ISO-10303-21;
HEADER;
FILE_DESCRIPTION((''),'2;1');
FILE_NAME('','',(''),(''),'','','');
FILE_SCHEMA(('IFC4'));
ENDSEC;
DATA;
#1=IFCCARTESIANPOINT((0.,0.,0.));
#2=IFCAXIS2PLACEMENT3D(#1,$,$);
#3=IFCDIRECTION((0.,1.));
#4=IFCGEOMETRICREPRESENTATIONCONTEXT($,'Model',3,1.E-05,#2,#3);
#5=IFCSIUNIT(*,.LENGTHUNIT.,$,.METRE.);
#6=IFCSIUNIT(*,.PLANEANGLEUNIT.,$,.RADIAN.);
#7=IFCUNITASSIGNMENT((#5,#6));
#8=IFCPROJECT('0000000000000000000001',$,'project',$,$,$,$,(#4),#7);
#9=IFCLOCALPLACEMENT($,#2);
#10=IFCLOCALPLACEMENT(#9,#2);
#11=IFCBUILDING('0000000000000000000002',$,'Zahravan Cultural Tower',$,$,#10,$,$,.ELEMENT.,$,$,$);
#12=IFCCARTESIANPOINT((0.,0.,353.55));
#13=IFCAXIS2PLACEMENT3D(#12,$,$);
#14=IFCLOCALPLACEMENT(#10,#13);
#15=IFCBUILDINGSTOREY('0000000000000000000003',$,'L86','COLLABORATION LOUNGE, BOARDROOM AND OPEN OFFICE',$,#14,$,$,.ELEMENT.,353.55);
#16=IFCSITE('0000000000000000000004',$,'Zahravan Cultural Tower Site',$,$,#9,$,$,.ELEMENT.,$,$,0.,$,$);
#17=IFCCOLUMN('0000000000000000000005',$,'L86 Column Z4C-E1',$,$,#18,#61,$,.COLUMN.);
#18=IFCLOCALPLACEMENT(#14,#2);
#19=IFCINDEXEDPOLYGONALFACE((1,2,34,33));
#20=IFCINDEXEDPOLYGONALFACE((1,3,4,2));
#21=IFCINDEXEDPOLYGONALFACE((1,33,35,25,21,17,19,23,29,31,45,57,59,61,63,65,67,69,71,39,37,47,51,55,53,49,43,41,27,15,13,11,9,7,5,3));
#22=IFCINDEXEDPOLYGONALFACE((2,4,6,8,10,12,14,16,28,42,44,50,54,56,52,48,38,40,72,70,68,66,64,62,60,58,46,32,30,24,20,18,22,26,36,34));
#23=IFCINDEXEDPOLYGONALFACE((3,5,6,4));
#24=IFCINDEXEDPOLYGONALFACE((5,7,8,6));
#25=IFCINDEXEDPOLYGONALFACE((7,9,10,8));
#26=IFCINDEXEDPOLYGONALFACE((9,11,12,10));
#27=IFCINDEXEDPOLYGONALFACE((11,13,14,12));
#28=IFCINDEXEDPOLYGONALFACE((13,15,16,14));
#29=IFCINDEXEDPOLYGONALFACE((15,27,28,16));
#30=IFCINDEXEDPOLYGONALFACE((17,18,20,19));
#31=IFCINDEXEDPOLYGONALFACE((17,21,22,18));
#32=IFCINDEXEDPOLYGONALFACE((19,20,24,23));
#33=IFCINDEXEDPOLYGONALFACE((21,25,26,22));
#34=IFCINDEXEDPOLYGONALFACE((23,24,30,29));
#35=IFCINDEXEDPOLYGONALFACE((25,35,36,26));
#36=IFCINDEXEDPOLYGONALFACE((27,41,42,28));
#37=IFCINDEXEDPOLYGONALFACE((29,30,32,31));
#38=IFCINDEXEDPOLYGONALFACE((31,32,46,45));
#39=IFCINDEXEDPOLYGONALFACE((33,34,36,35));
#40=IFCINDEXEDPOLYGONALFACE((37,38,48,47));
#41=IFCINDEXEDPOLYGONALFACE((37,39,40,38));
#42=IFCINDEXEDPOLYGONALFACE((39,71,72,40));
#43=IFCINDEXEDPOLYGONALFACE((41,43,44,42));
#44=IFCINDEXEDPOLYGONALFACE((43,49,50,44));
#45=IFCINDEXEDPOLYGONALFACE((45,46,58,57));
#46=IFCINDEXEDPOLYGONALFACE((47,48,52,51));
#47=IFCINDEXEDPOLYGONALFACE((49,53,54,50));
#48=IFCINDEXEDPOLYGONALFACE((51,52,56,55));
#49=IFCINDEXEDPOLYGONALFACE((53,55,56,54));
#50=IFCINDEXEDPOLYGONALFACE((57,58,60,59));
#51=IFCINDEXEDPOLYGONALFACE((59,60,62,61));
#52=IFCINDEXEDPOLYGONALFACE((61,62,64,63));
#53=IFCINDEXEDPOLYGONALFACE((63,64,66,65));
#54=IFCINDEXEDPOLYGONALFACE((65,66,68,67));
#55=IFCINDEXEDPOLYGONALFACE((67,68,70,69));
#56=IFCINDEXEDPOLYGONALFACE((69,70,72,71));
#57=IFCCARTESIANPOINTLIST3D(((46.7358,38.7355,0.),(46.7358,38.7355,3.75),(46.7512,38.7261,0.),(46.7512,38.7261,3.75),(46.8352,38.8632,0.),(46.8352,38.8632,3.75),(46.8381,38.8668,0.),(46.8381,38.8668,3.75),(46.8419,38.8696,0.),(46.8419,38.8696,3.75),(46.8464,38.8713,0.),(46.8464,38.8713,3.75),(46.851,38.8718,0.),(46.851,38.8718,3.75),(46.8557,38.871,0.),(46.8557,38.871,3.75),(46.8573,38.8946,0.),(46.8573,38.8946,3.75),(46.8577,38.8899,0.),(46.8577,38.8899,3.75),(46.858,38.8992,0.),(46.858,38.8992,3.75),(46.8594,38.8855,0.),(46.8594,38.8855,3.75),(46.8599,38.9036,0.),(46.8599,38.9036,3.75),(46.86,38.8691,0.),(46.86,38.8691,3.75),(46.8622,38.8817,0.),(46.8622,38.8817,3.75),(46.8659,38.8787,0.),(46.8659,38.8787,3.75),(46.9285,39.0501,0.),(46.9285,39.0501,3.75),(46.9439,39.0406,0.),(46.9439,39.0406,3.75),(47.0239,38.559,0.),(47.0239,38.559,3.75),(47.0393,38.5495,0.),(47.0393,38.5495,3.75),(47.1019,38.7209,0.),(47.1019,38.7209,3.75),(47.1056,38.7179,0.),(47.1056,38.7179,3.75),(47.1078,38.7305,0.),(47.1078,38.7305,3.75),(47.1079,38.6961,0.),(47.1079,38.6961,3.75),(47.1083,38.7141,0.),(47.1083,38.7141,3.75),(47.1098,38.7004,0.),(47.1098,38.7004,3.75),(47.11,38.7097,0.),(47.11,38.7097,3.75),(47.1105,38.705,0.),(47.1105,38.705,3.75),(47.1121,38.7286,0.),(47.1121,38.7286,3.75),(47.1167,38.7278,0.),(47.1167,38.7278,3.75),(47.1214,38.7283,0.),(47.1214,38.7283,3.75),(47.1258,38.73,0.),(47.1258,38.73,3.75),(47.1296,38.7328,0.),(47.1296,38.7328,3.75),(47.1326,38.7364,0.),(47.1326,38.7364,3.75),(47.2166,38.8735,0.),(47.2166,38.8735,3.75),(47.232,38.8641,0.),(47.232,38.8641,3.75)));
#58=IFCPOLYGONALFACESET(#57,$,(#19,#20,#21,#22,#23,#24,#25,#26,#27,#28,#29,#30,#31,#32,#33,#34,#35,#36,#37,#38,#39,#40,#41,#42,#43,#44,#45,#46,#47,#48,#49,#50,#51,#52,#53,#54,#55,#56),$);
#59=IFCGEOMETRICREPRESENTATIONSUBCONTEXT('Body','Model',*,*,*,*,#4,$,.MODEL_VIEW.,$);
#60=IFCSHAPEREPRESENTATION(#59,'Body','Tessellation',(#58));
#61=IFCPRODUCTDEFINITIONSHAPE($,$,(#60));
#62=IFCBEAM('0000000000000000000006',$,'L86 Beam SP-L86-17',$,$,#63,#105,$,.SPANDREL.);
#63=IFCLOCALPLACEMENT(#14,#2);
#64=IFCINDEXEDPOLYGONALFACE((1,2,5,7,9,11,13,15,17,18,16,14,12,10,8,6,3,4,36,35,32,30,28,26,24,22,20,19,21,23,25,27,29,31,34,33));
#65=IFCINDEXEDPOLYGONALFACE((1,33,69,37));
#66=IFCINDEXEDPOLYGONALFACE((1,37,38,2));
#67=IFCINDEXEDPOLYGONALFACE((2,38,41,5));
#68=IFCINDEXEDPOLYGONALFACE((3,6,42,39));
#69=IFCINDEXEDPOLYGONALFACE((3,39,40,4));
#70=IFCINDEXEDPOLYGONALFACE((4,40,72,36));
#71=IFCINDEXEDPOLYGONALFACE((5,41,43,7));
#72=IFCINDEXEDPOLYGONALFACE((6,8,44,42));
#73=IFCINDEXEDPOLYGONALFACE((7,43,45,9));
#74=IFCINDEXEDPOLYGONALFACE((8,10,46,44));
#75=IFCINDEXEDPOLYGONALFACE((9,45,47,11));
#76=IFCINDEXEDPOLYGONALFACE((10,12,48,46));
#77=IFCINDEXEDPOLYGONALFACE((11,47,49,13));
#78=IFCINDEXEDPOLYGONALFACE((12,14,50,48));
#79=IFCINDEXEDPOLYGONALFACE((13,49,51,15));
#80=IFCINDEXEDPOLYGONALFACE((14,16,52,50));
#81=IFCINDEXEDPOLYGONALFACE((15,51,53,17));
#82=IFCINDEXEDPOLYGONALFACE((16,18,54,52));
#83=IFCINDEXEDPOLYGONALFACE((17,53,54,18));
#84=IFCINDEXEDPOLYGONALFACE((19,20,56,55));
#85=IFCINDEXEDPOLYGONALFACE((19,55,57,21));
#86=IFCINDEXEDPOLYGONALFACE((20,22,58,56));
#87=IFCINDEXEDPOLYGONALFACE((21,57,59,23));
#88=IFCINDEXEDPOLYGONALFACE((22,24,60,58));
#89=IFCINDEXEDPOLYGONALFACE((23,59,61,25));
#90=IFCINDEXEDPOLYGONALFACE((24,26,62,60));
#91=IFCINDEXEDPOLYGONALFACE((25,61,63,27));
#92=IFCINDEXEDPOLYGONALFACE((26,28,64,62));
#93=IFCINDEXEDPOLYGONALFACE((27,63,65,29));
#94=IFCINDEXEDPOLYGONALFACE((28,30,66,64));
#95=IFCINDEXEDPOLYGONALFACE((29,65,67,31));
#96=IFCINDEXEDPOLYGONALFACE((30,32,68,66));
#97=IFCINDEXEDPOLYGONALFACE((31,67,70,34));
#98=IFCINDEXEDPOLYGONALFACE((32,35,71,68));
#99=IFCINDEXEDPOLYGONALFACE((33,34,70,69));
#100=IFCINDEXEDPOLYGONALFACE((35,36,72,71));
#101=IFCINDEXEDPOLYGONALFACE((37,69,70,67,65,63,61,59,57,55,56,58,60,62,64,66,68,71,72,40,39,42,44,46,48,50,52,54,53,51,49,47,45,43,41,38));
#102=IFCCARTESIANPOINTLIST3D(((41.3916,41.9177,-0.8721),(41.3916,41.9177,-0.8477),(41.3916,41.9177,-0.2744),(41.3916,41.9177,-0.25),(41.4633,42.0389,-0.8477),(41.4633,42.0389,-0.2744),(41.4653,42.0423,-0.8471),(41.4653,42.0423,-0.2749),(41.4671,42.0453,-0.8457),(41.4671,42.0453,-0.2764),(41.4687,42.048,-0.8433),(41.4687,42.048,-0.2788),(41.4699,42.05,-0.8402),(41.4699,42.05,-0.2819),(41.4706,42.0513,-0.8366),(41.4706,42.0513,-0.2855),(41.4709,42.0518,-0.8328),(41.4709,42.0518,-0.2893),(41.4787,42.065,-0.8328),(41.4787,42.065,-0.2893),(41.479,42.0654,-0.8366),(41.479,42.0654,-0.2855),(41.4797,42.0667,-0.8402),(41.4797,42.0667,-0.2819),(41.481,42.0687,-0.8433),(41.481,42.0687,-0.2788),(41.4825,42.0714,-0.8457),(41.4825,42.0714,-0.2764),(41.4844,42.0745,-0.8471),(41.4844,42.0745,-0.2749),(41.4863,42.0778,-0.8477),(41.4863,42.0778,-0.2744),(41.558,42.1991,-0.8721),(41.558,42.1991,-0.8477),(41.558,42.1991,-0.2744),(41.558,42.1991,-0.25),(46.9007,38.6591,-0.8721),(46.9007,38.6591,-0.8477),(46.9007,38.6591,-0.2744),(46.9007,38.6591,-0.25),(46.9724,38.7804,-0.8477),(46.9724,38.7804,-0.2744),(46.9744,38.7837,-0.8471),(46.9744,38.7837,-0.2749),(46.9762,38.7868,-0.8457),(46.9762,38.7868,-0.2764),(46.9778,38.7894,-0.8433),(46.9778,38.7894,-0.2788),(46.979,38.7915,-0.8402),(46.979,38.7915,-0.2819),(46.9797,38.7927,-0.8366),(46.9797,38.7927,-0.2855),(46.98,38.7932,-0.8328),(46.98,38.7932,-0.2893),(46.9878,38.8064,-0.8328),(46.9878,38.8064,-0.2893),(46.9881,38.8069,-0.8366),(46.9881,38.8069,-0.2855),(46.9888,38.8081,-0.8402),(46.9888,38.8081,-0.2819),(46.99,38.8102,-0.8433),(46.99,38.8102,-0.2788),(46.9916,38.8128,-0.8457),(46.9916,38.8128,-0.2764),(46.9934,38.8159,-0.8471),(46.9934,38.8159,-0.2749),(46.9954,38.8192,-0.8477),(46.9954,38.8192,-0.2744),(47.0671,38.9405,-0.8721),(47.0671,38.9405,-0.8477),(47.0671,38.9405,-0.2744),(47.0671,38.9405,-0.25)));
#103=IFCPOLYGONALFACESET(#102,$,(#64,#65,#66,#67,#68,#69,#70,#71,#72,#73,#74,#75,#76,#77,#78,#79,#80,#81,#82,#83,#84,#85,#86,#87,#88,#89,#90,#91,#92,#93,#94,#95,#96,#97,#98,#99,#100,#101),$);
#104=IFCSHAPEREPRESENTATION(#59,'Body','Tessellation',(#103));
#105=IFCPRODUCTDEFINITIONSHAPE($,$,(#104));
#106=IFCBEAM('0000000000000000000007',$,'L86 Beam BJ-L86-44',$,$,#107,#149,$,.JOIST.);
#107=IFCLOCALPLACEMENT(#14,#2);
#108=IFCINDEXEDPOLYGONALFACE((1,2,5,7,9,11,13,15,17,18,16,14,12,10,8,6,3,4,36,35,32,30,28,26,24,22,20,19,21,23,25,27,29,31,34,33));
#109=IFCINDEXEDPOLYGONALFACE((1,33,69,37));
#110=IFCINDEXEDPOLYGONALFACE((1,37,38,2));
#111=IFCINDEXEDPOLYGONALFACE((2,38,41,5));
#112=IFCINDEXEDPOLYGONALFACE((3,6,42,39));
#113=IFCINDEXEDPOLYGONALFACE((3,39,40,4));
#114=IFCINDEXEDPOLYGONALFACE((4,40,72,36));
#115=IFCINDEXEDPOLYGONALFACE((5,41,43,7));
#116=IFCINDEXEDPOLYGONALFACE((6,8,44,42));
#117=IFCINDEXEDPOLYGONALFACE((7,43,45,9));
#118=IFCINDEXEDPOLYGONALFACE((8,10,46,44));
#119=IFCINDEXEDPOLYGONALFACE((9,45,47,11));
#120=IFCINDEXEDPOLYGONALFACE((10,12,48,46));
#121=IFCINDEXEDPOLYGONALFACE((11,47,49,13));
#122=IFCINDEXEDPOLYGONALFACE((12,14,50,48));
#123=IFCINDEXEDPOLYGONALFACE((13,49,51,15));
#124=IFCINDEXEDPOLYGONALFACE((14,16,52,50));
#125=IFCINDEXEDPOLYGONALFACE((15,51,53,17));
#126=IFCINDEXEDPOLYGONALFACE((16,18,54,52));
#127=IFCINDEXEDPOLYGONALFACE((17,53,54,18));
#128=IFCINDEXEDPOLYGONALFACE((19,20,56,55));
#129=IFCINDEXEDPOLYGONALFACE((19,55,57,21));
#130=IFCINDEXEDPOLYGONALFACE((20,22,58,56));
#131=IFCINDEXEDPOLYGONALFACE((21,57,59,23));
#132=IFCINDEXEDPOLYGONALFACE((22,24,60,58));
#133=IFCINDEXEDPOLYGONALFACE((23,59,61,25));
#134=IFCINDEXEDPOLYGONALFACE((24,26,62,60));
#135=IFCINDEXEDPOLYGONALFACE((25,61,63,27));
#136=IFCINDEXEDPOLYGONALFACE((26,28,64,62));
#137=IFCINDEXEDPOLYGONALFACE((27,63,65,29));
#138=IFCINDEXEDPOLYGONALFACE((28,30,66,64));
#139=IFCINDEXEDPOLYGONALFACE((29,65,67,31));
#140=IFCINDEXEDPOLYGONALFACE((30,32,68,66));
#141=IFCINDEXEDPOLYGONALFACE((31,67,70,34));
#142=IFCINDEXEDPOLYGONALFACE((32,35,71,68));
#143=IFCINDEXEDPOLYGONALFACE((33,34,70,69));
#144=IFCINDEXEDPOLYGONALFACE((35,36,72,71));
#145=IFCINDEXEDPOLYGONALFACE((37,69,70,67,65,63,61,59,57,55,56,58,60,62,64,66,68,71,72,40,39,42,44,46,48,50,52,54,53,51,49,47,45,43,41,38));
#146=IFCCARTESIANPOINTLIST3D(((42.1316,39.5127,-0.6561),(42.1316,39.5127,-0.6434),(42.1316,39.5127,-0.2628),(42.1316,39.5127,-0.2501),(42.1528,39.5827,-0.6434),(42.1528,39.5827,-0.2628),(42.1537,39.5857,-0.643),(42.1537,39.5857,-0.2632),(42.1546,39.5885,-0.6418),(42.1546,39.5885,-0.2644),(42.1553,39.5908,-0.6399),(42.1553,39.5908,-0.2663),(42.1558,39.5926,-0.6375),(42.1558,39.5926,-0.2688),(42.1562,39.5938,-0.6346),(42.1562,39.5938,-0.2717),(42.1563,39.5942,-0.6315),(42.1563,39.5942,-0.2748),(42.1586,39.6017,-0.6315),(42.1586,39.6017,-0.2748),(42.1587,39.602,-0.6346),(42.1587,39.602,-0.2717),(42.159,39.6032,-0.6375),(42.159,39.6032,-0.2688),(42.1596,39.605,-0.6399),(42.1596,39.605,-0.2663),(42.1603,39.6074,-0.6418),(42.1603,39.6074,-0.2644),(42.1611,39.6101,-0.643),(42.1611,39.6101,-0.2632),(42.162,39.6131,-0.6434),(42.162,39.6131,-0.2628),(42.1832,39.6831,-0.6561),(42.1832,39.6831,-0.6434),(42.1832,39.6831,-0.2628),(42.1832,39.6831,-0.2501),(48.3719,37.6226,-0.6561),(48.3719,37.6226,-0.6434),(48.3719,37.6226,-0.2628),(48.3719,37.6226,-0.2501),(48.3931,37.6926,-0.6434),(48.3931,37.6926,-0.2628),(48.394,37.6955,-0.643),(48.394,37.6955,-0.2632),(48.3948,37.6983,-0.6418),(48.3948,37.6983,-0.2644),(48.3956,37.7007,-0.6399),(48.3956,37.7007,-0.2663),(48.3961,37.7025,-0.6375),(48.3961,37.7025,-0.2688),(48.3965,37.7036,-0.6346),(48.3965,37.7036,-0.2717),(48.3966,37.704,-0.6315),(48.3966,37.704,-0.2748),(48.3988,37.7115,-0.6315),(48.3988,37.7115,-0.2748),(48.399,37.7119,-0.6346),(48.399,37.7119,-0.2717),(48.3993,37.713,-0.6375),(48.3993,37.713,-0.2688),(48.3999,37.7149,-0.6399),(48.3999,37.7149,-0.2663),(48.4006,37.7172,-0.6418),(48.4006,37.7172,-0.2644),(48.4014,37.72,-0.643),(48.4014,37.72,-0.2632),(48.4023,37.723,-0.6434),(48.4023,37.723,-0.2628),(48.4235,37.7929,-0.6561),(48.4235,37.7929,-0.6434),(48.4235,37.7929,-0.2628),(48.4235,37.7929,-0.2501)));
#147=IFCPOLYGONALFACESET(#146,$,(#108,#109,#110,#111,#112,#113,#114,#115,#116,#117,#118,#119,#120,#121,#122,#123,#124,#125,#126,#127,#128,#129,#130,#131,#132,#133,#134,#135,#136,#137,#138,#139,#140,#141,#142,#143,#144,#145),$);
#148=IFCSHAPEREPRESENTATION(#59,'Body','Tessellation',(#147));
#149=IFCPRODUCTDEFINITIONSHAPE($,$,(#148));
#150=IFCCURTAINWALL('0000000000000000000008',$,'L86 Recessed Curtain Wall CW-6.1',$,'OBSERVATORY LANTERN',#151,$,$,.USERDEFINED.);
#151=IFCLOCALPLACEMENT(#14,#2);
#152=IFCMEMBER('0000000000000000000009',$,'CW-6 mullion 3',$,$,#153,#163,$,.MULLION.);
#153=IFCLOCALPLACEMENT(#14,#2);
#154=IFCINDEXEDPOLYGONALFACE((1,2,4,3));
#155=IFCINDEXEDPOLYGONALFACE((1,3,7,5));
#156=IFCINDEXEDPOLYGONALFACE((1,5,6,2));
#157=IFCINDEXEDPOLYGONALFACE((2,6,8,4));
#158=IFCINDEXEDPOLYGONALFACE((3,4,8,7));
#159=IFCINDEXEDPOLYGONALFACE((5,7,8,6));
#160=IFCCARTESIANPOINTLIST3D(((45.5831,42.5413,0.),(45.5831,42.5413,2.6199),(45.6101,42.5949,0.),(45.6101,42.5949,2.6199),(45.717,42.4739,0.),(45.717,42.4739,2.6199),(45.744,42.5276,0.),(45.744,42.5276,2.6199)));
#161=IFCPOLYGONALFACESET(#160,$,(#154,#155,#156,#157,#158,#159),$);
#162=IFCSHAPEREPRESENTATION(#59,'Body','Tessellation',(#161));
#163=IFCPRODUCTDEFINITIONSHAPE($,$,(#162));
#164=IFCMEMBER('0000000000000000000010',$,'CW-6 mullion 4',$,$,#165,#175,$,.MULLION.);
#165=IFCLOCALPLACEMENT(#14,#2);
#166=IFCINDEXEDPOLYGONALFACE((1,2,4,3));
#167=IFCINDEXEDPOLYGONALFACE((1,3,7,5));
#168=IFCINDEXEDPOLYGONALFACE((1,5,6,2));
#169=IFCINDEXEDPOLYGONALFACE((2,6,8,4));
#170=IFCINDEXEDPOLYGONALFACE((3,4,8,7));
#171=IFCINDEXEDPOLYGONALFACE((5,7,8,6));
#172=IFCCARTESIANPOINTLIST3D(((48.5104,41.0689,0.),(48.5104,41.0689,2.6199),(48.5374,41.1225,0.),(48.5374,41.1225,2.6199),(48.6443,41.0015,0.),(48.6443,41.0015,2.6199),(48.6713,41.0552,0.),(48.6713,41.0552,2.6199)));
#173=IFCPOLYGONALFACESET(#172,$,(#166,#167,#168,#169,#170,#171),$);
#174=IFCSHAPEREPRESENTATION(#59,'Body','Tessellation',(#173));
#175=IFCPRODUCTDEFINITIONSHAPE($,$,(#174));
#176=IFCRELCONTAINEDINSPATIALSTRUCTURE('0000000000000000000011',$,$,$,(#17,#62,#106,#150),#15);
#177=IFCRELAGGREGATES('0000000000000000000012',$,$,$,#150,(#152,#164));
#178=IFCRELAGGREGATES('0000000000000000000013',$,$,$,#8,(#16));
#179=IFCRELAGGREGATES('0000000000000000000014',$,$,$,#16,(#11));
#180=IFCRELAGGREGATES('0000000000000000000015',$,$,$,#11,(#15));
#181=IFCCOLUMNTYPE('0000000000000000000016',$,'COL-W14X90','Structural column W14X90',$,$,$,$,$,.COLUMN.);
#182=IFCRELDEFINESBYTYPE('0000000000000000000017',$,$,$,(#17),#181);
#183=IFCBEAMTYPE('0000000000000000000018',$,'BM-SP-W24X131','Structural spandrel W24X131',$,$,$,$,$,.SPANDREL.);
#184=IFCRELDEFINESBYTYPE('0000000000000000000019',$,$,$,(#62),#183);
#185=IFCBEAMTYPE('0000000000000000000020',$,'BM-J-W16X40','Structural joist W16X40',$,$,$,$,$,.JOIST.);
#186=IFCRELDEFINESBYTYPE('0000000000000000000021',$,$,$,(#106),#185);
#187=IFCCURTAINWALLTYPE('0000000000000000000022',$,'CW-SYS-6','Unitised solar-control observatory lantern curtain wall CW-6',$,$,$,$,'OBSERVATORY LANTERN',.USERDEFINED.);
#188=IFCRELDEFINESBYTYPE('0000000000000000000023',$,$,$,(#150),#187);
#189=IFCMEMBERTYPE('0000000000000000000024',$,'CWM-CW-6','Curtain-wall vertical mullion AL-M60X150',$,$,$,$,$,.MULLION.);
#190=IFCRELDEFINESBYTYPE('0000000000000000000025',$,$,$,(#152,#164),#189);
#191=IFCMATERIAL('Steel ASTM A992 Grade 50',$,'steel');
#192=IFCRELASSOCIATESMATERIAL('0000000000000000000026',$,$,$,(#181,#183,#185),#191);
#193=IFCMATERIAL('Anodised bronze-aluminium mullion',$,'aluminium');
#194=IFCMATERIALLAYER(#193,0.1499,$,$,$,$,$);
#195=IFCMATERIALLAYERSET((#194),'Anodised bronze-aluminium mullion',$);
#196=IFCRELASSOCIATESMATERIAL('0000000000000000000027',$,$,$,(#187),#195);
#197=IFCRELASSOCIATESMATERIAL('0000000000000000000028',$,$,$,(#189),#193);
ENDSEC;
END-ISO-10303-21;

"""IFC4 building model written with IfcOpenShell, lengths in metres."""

from ifc_helpers import new_model, si_unit, direction, frame, origin, origin_2d, place, context, subcontext, project, spatial, rectangle, i_section, extrude, source, transform, mapped, material, layer, layer_set, material_profile, profile_set, type_object, element, aggregate, save


model = new_model("IFC4")

# Units and contexts
model_context = context("Model", 3, precision=1e-05, world=origin(), true_north=direction((0.0, 1.0)))
body_context = subcontext(model_context, "Body", "Model", "MODEL_VIEW")
ifc_project = project(units=[si_unit("LENGTHUNIT", "METRE"), si_unit("PLANEANGLEUNIT", "RADIAN")], contexts=[model_context])

# Site, building, storey
site_placement = place(None, origin())
site = spatial("IfcSite", under=ifc_project, at=site_placement, Name="Zahravan Cultural Tower Site", CompositionType="ELEMENT", RefElevation=0.0)
building_placement = place(site_placement, origin())
building = spatial("IfcBuilding", under=site, at=building_placement, Name="Zahravan Cultural Tower", CompositionType="ELEMENT")
storey_placement = place(building_placement, frame((0.0, 0.0, 353.55)))
storey = spatial("IfcBuildingStorey", under=building, at=storey_placement, Name="L86", Description="COLLABORATION LOUNGE, BOARDROOM AND OPEN OFFICE", CompositionType="ELEMENT", Elevation=353.55)

# Column
ifc_material_1 = material(Name="Steel ASTM A992 Grade 50", Category="steel")
ifc_material_profile_1 = material_profile(ifc_material_1, i_section(OverallWidth=0.3689, OverallDepth=0.356, WebThickness=0.0112, FlangeThickness=0.0181, FilletRadius=0.0181, at=origin_2d()), Name="W14X90")
ifc_profile_set_1 = profile_set([ifc_material_profile_1], Name="Steel ASTM A992 Grade 50")
column_type = type_object("IfcColumnType", Name="COL-W14X90", Description="Structural column W14X90", PredefinedType="COLUMN", material=ifc_profile_set_1)
shared_shape_1 = source(origin(), body_context, "Body", "SweptSolid", [
    extrude(i_section(OverallWidth=0.3689, OverallDepth=0.356, WebThickness=0.0112, FlangeThickness=0.0181, FilletRadius=0.0181, at=origin_2d()), origin(), (0.0, 0.0, 1.0), 3.75),
])
column_placement = place(storey_placement, frame((46.9839, 38.7998, 0.0), z_axis=(0.0, 0.0, 1.0), x_axis=(0.522499, 0.85264, 0.0)))
element("IfcColumn", 1, at=column_placement, inside=storey, type_object=column_type, Name="L86 Column Z4C-E1", PredefinedType="COLUMN", context=body_context, shape_type="MappedRepresentation", body=[
    mapped(shared_shape_1, transform((0.0, 0.0, 0.0), x_axis=(1.0, 0.0, 0.0), y_axis=(0.0, 1.0, 0.0), z_axis=(0.0, 0.0, 1.0), scale=1.0)),
])

# Beams
ifc_material_profile_2 = material_profile(ifc_material_1, i_section(OverallWidth=0.3269, OverallDepth=0.6221, WebThickness=0.0154, FlangeThickness=0.0244, FilletRadius=0.0149, at=origin_2d()), Name="W24X131")
ifc_profile_set_2 = profile_set([ifc_material_profile_2], Name="Steel ASTM A992 Grade 50")
beam_type_1 = type_object("IfcBeamType", Name="BM-SP-W24X131", Description="Structural spandrel W24X131", PredefinedType="SPANDREL", material=ifc_profile_set_2)
shared_shape_2 = source(origin(), body_context, "Body", "SweptSolid", [
    extrude(i_section(OverallWidth=0.3269, OverallDepth=0.6221, WebThickness=0.0154, FlangeThickness=0.0244, FilletRadius=0.0149, at=origin_2d()), origin(), (0.0, 0.0, 1.0), 6.4006),
])
beam_1_placement = place(storey_placement, frame((46.9839, 38.7998, -0.561), z_axis=(-0.860707, 0.509101, 0.0), x_axis=(-0.509101, -0.860707, 0.0)))
element("IfcBeam", 2, at=beam_1_placement, inside=storey, type_object=beam_type_1, Name="L86 Beam SP-L86-17", PredefinedType="SPANDREL", context=body_context, shape_type="MappedRepresentation", body=[
    mapped(shared_shape_2, transform((0.0, 0.0, 0.0), x_axis=(1.0, 0.0, 0.0), y_axis=(0.0, 1.0, 0.0), z_axis=(0.0, 0.0, 1.0), scale=1.0)),
])
ifc_material_profile_3 = material_profile(ifc_material_1, i_section(OverallWidth=0.178, OverallDepth=0.406, WebThickness=0.0078, FlangeThickness=0.0127, FilletRadius=0.012, at=origin_2d()), Name="W16X40")
ifc_profile_set_3 = profile_set([ifc_material_profile_3], Name="Steel ASTM A992 Grade 50")
beam_type_2 = type_object("IfcBeamType", Name="BM-J-W16X40", Description="Structural joist W16X40", PredefinedType="JOIST", material=ifc_profile_set_3)
shared_shape_3 = source(origin(), body_context, "Body", "SweptSolid", [
    extrude(i_section(OverallWidth=0.178, OverallDepth=0.406, WebThickness=0.0078, FlangeThickness=0.0127, FilletRadius=0.012, at=origin_2d()), origin(), (0.0, 0.0, 1.0), 6.5203),
])
beam_2_placement = place(storey_placement, frame((48.3977, 37.7078, -0.4531), z_axis=(-0.95706, 0.289889, 0.0), x_axis=(-0.289889, -0.95706, 0.0)))
element("IfcBeam", 3, at=beam_2_placement, inside=storey, type_object=beam_type_2, Name="L86 Beam BJ-L86-44", PredefinedType="JOIST", context=body_context, shape_type="MappedRepresentation", body=[
    mapped(shared_shape_3, transform((0.0, 0.0, 0.0), x_axis=(1.0, 0.0, 0.0), y_axis=(0.0, 1.0, 0.0), z_axis=(0.0, 0.0, 1.0), scale=1.0)),
])

# Curtain wall, members
ifc_material_2 = material(Name="Anodised bronze-aluminium mullion", Category="aluminium")
ifc_layer_1 = layer(ifc_material_2, 0.1499)
ifc_layer_set_1 = layer_set([ifc_layer_1], Name="Anodised bronze-aluminium mullion")
curtain_wall_type = type_object("IfcCurtainWallType", Name="CW-SYS-6", Description="Unitised solar-control observatory lantern curtain wall CW-6", ElementType="OBSERVATORY LANTERN", PredefinedType="USERDEFINED", material=ifc_layer_set_1)
curtain_wall_placement = place(storey_placement, origin())
curtain_wall = element("IfcCurtainWall", 4, at=curtain_wall_placement, inside=storey, type_object=curtain_wall_type, Name="L86 Recessed Curtain Wall CW-6.1", ObjectType="OBSERVATORY LANTERN", PredefinedType="USERDEFINED")
ifc_material_profile_4 = material_profile(ifc_material_2, rectangle(XDim=0.0601, YDim=0.1499, at=origin_2d()), Name="AL-M60X150")
ifc_profile_set_4 = profile_set([ifc_material_profile_4], Name="Anodised bronze-aluminium mullion")
member_type_1 = type_object("IfcMemberType", Name="CWM-CW-6", Description="Curtain-wall vertical mullion AL-M60X150", PredefinedType="MULLION", material=ifc_profile_set_4)
shared_shape_4 = source(origin(), body_context, "Body", "SweptSolid", [
    extrude(rectangle(XDim=0.0601, YDim=0.1499, at=origin_2d()), origin(), (0.0, 0.0, 1.0), 2.6199),
])
member_1_placement = place(storey_placement, frame((45.6636, 42.5344, 0.0), z_axis=(0.0, 0.0, 1.0), x_axis=(0.449317, 0.893372, 0.0)))
member_1 = element("IfcMember", 5, at=member_1_placement, type_object=member_type_1, Name="CW-6 mullion 3", PredefinedType="MULLION", context=body_context, shape_type="MappedRepresentation", body=[
    mapped(shared_shape_4, transform((0.0, 0.0, 0.0), x_axis=(1.0, 0.0, 0.0), y_axis=(0.0, 1.0, 0.0), z_axis=(0.0, 0.0, 1.0), scale=1.0)),
])
member_2_placement = place(storey_placement, frame((48.5908, 41.062, 0.0), z_axis=(0.0, 0.0, 1.0), x_axis=(0.449317, 0.893372, 0.0)))
member_2 = element("IfcMember", 6, at=member_2_placement, type_object=member_type_1, Name="CW-6 mullion 4", PredefinedType="MULLION", context=body_context, shape_type="MappedRepresentation", body=[
    mapped(shared_shape_4, transform((0.0, 0.0, 0.0), x_axis=(1.0, 0.0, 0.0), y_axis=(0.0, 1.0, 0.0), z_axis=(0.0, 0.0, 1.0), scale=1.0)),
])
aggregate(curtain_wall, [member_1, member_2])

save(model, "model.ifc")
